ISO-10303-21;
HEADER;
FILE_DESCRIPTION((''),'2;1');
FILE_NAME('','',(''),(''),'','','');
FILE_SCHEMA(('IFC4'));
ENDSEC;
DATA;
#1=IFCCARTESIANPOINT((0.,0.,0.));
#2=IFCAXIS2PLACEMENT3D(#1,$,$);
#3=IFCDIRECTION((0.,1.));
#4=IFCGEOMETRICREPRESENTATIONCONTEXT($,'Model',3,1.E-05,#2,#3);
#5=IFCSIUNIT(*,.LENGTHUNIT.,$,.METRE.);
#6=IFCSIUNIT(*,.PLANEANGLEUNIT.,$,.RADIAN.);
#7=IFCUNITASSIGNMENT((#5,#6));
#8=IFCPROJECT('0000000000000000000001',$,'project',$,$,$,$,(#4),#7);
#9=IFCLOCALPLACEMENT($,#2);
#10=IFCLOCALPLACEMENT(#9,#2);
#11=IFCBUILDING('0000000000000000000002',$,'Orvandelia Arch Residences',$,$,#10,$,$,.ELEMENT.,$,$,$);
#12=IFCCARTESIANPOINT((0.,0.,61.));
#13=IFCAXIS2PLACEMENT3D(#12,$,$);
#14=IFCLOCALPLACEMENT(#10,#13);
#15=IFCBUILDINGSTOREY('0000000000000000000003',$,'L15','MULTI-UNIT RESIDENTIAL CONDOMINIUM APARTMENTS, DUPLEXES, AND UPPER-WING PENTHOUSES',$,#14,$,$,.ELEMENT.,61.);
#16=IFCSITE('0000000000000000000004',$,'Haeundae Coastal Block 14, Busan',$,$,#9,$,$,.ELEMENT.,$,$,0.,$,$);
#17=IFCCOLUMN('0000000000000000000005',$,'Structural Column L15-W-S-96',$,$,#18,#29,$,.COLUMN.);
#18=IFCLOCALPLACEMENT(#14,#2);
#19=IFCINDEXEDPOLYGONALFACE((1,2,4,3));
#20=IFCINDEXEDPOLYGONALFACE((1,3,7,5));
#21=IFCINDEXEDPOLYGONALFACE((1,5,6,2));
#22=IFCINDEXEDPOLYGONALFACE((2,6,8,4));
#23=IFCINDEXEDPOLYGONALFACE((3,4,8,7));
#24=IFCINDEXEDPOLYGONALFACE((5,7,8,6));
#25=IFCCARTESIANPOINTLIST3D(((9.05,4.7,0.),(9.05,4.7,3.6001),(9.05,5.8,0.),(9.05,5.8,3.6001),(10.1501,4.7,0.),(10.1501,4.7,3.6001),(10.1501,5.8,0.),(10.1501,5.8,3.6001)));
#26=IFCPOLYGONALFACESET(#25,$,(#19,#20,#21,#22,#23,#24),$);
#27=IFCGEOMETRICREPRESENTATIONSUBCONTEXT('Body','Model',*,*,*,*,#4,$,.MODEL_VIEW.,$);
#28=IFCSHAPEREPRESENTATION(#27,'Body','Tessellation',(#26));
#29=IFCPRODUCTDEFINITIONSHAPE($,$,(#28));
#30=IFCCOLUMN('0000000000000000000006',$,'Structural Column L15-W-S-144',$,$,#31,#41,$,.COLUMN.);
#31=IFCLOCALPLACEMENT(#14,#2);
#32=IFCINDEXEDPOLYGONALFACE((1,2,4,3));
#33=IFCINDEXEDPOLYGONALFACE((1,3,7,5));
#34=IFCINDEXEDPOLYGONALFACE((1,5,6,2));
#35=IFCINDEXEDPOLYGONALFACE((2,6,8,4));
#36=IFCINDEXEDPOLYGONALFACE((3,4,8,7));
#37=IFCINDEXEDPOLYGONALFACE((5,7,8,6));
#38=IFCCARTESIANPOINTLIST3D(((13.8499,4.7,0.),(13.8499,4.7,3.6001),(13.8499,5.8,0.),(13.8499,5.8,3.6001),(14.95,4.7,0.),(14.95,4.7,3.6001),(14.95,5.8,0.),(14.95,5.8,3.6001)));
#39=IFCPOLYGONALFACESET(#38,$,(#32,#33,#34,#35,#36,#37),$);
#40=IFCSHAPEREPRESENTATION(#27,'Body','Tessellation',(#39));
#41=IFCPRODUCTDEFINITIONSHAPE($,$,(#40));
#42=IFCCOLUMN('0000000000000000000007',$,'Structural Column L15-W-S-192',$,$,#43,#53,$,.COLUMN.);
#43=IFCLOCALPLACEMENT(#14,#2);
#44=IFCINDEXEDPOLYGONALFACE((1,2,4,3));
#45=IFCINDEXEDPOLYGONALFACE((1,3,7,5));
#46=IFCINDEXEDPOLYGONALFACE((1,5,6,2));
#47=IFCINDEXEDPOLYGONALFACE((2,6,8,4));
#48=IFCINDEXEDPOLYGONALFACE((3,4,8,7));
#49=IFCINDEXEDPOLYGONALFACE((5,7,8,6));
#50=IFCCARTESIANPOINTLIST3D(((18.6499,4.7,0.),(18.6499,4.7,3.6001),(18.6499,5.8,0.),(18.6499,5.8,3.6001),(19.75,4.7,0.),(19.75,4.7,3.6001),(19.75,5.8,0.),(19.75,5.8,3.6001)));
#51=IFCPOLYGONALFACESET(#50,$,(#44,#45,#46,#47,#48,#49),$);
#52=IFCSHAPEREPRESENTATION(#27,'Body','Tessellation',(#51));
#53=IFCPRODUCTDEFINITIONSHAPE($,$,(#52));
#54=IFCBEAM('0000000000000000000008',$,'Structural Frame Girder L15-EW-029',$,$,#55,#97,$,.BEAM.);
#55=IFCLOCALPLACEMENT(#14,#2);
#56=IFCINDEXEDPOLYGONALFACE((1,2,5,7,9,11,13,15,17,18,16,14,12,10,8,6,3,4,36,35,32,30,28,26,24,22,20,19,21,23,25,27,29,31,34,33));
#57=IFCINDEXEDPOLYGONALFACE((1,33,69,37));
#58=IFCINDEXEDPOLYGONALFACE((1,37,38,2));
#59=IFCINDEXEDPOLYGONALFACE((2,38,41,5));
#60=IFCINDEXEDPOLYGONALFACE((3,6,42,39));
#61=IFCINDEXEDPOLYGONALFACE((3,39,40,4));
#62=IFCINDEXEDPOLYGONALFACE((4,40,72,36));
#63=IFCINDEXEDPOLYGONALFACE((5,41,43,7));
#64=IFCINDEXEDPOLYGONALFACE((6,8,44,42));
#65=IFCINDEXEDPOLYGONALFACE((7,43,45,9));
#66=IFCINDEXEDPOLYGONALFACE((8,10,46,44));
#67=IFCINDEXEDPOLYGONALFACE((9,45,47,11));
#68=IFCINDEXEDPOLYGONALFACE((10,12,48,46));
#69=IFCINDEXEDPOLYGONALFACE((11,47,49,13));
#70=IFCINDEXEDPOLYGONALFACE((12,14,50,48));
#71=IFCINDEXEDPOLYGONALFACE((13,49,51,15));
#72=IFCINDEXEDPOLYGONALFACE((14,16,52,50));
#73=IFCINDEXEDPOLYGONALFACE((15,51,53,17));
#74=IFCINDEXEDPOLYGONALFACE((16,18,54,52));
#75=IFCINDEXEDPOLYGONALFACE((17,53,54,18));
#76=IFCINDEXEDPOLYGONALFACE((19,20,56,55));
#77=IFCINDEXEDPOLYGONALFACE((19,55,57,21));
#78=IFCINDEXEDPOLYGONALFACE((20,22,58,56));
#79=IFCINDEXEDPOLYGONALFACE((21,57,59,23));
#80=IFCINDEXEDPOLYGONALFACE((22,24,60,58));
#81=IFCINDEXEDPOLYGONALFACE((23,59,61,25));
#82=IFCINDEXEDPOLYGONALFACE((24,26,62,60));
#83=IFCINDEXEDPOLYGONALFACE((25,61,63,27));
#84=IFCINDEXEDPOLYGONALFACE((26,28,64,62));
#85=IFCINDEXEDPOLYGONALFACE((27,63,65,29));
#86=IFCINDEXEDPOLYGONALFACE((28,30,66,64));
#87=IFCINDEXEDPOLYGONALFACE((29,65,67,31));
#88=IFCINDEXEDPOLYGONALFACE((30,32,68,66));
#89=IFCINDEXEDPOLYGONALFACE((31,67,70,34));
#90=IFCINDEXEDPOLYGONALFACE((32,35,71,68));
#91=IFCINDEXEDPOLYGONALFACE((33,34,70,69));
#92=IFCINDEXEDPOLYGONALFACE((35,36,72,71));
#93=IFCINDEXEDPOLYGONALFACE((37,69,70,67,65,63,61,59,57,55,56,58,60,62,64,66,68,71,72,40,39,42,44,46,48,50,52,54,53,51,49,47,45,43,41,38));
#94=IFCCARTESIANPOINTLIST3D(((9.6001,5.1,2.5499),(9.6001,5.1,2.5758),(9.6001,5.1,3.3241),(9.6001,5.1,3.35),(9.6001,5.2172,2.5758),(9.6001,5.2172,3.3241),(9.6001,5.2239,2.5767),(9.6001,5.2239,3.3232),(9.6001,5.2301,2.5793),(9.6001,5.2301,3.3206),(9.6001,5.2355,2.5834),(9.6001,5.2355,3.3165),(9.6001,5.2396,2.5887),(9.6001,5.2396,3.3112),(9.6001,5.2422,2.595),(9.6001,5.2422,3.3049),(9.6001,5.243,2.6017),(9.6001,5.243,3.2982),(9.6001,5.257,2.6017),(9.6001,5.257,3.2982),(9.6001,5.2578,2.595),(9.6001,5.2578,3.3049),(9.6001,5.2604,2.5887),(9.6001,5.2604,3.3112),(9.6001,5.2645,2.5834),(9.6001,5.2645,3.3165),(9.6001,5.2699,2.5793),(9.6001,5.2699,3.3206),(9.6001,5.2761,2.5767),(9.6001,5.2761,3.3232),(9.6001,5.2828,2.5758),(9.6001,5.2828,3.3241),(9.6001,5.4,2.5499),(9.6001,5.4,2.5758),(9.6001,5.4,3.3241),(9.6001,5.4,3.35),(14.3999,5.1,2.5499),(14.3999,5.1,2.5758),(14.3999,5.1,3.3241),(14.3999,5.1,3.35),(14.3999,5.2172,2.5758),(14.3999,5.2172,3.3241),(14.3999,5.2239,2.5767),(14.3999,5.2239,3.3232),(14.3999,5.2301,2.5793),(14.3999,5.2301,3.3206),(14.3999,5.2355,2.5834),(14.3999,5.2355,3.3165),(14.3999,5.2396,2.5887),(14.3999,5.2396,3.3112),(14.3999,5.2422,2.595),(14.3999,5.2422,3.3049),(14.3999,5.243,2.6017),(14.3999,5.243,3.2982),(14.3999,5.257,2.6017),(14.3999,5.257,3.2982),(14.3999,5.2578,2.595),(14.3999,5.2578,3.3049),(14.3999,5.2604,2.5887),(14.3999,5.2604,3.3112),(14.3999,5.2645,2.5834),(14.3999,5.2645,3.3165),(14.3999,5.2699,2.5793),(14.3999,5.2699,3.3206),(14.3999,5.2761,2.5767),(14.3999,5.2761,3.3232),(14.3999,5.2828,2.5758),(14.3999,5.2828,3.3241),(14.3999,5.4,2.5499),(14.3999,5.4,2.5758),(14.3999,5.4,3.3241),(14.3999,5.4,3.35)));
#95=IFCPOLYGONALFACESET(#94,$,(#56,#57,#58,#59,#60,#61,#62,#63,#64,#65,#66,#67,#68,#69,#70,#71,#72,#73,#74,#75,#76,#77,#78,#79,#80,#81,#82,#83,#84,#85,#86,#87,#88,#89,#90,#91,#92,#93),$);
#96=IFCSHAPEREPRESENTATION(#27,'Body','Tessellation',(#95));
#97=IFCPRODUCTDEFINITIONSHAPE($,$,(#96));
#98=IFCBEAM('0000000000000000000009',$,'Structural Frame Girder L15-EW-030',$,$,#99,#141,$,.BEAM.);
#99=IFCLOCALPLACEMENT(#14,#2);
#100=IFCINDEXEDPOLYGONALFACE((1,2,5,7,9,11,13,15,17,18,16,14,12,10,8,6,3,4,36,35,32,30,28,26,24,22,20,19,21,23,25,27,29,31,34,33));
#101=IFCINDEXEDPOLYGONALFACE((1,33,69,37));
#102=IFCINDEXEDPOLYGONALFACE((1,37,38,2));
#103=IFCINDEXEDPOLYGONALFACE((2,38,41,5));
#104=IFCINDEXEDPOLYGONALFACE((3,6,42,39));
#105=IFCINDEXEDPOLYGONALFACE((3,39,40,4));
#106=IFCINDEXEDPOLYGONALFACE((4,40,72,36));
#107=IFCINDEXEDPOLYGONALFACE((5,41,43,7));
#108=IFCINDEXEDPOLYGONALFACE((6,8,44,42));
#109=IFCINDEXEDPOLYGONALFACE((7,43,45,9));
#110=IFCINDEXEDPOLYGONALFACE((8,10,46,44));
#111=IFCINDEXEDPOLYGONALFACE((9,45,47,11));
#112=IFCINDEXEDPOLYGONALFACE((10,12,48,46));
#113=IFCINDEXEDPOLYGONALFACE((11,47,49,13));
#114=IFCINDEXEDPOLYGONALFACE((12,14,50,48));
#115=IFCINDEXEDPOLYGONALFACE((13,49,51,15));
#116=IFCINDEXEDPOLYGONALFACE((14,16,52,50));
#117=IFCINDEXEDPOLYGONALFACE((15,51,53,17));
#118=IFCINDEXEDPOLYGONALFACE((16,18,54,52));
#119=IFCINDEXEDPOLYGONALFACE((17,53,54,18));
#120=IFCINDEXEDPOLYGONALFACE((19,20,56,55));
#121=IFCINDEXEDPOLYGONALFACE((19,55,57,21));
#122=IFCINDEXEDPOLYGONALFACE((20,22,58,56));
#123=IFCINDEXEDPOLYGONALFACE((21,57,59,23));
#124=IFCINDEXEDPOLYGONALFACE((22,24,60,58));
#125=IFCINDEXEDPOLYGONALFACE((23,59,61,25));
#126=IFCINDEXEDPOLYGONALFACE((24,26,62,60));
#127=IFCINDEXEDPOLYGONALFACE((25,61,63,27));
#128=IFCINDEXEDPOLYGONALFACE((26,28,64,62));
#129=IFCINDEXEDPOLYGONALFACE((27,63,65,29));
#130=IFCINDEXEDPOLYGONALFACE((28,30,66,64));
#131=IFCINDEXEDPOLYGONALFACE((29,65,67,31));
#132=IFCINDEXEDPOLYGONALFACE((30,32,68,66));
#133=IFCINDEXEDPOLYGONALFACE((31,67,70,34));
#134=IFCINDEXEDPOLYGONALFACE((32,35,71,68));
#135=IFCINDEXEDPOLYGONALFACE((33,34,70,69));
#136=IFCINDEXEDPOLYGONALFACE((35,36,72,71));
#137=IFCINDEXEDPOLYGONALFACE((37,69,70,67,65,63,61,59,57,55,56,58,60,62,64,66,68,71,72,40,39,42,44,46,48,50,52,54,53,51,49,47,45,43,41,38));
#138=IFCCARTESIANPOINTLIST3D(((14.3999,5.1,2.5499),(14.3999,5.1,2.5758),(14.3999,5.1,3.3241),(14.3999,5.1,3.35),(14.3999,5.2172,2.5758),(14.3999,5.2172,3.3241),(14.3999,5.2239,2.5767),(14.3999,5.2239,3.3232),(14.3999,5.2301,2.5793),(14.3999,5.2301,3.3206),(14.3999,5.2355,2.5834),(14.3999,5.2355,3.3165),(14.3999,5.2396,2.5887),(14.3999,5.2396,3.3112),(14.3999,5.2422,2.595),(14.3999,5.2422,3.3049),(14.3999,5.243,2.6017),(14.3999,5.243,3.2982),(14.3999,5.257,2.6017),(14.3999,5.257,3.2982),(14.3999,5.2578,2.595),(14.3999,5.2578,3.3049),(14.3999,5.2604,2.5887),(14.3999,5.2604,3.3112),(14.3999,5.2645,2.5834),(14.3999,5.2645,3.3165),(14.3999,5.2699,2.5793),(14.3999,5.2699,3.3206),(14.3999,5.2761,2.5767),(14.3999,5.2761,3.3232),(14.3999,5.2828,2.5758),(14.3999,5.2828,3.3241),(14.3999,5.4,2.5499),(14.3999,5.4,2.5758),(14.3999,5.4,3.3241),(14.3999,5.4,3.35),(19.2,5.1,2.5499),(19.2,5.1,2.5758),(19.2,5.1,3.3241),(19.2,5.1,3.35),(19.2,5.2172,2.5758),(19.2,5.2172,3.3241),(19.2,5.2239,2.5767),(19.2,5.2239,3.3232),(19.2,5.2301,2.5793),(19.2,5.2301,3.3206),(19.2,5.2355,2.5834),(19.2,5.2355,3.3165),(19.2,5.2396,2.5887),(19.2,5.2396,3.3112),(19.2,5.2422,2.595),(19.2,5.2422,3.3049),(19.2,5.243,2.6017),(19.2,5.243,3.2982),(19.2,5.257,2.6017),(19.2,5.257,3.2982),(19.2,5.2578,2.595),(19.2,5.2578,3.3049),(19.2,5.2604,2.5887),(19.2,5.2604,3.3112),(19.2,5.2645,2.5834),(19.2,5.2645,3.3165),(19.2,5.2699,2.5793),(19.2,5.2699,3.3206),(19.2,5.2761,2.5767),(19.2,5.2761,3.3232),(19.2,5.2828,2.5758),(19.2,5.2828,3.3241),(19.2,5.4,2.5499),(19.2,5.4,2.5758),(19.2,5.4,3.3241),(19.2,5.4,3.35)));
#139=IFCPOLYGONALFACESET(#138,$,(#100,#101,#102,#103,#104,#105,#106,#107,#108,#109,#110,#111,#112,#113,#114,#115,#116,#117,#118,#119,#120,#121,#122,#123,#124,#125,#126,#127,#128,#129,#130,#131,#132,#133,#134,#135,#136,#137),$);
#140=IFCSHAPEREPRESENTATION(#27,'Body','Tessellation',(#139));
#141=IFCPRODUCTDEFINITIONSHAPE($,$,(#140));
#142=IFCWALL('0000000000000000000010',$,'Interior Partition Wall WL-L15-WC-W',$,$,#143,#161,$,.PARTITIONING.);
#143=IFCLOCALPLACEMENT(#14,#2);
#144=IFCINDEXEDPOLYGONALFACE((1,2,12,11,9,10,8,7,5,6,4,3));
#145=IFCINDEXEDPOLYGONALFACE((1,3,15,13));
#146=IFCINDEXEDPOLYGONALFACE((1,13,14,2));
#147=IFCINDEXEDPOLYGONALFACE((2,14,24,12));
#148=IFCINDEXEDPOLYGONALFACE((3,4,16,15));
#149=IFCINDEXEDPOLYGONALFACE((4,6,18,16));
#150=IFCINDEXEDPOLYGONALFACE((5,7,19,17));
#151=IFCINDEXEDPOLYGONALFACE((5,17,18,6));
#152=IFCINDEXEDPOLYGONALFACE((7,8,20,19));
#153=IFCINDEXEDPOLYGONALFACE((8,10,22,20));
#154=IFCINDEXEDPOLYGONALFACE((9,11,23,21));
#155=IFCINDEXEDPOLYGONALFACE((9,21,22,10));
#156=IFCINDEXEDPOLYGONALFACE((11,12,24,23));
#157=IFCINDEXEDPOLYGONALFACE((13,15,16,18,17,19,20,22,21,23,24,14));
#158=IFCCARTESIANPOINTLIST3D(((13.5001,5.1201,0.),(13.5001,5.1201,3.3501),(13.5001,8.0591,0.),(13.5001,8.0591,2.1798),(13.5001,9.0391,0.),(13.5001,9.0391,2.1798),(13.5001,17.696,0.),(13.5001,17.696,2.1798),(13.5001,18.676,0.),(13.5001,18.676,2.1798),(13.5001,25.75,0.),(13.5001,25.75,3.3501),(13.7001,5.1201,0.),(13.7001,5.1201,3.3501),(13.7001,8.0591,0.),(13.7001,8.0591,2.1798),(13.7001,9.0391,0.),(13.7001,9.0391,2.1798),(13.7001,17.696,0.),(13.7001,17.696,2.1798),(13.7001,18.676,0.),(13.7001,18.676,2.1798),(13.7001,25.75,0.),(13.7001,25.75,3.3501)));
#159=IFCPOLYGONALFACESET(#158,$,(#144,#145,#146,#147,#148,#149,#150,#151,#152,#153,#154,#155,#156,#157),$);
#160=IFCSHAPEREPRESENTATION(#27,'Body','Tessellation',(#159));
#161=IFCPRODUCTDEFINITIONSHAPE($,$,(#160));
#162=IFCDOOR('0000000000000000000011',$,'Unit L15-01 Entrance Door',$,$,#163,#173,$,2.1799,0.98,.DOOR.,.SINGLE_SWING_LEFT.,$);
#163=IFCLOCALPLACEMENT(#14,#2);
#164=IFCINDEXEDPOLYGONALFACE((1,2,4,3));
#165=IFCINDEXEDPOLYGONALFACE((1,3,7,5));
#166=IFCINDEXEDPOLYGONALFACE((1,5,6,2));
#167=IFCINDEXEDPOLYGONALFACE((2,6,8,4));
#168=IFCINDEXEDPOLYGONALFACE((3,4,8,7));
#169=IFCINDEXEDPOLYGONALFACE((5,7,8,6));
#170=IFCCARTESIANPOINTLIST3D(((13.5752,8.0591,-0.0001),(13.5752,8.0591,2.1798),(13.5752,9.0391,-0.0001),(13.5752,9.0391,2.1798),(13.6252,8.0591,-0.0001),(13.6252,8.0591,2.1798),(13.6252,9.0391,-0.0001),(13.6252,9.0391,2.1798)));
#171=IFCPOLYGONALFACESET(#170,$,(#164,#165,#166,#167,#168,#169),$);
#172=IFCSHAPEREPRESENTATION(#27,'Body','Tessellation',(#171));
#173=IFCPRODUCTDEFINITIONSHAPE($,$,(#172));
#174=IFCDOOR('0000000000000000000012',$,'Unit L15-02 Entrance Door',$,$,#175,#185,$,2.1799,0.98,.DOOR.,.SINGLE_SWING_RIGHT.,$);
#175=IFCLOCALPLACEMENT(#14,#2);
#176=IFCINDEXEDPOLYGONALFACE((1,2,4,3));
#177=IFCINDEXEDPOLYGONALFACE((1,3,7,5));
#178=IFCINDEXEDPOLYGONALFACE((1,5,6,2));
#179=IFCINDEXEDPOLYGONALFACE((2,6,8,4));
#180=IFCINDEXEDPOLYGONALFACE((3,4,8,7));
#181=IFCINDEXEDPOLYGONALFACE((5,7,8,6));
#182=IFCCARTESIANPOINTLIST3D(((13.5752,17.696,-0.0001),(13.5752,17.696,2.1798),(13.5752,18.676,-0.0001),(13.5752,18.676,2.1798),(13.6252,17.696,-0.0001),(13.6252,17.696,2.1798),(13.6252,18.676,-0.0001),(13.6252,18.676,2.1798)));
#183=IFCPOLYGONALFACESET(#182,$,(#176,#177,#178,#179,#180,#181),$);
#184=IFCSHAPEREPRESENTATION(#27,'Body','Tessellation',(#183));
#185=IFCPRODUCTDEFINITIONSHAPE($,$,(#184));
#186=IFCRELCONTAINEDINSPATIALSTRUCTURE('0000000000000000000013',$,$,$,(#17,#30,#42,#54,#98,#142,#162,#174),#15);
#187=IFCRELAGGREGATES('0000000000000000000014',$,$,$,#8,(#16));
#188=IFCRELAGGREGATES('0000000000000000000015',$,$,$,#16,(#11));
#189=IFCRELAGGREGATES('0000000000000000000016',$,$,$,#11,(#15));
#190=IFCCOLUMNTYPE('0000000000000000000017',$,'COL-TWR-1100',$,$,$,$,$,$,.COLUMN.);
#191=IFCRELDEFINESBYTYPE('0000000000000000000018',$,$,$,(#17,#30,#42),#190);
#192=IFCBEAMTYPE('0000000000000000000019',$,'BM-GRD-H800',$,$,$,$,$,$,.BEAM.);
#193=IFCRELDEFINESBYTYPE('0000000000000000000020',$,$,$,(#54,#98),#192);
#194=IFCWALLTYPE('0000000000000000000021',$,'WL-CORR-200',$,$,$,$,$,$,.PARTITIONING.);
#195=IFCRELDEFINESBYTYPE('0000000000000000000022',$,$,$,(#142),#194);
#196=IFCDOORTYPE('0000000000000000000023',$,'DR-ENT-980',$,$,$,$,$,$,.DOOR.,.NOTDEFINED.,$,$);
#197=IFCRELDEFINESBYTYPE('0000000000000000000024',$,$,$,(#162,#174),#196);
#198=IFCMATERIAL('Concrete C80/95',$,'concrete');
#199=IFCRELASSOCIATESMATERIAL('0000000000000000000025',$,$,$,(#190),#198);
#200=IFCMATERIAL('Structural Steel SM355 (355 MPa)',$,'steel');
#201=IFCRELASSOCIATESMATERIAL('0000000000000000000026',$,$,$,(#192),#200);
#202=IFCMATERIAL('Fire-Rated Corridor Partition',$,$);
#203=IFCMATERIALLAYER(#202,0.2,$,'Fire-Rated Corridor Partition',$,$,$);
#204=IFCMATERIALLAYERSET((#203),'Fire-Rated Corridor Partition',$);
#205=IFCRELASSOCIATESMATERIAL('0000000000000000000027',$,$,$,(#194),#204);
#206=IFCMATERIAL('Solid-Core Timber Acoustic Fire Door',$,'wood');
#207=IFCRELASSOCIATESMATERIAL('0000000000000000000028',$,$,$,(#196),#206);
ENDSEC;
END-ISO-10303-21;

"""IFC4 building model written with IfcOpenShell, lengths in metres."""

from ifc_helpers import new_model, si_unit, direction, frame, frame_2d, origin, origin_2d, place, context, subcontext, project, spatial, rectangle, i_section, extrude, material, layer, layer_set, material_profile, profile_set, type_object, element, fill, save


model = new_model("IFC4")

# Units and contexts
model_context = context("Model", 3, precision=1e-05, world=origin(), true_north=direction((0.0, 1.0)))
body_context = subcontext(model_context, "Body", "Model", "MODEL_VIEW")
ifc_project = project(units=[si_unit("LENGTHUNIT", "METRE"), si_unit("PLANEANGLEUNIT", "RADIAN")], contexts=[model_context])

# Site, building, storey
site_placement = place(None, origin())
site = spatial("IfcSite", under=ifc_project, at=site_placement, Name="Haeundae Coastal Block 14, Busan", CompositionType="ELEMENT", RefElevation=0.0)
building_placement = place(site_placement, origin())
building = spatial("IfcBuilding", under=site, at=building_placement, Name="Orvandelia Arch Residences", CompositionType="ELEMENT")
storey_placement = place(building_placement, frame((0.0, 0.0, 61.0)))
storey = spatial("IfcBuildingStorey", under=building, at=storey_placement, Name="L15", Description="MULTI-UNIT RESIDENTIAL CONDOMINIUM APARTMENTS, DUPLEXES, AND UPPER-WING PENTHOUSES", CompositionType="ELEMENT", Elevation=61.0)

# Columns
ifc_material_1 = material(Name="Concrete C80/95", Category="concrete")
ifc_material_profile_1 = material_profile(ifc_material_1, rectangle(XDim=1.1001, YDim=1.1001, at=origin_2d()), Name="Concrete C80/95", Category="concrete")
ifc_profile_set_1 = profile_set([ifc_material_profile_1], Name="Concrete C80/95")
column_type = type_object("IfcColumnType", Name="COL-TWR-1100", PredefinedType="COLUMN", material=ifc_profile_set_1)
for number, where, z_axis, x_axis, name in (
    (1, (9.6001, 5.25, 0.0), (0.0, 0.0, 1.0), (1.0, 0.0, 0.0), "Structural Column L15-W-S-96"),
    (2, (14.3999, 5.25, 0.0), (0.0, 0.0, 1.0), (1.0, 0.0, 0.0), "Structural Column L15-W-S-144"),
    (3, (19.2, 5.25, 0.0), (0.0, 0.0, 1.0), (1.0, 0.0, 0.0), "Structural Column L15-W-S-192"),
):
    element("IfcColumn", number, at=place(storey_placement, frame(where, z_axis=z_axis, x_axis=x_axis)), inside=storey, type_object=column_type, Name=name, PredefinedType="COLUMN", context=body_context, shape_type="SweptSolid", body=[
        extrude(rectangle(XDim=1.1001, YDim=1.1001, at=origin_2d()), origin(), (0.0, 0.0, 1.0), 3.6001),
    ])

# Beams
ifc_material_2 = material(Name="Structural Steel SM355 (355 MPa)", Category="steel")
ifc_material_profile_2 = material_profile(ifc_material_2, i_section(OverallWidth=0.3, OverallDepth=0.8, WebThickness=0.0139, FlangeThickness=0.0259, FilletRadius=0.0259, at=origin_2d()), Name="Structural Steel SM355 (355 MPa)", Category="steel")
ifc_profile_set_2 = profile_set([ifc_material_profile_2], Name="Structural Steel SM355 (355 MPa)")
beam_type = type_object("IfcBeamType", Name="BM-GRD-H800", PredefinedType="BEAM", material=ifc_profile_set_2)
beam_1_placement = place(storey_placement, frame((9.6001, 5.25, 2.95), z_axis=(1.0, 0.0, 0.0), x_axis=(0.0, 1.0, 0.0)))
element("IfcBeam", 4, at=beam_1_placement, inside=storey, type_object=beam_type, Name="Structural Frame Girder L15-EW-029", PredefinedType="BEAM", context=body_context, shape_type="SweptSolid", body=[
    extrude(i_section(OverallWidth=0.3, OverallDepth=0.8, WebThickness=0.0139, FlangeThickness=0.0259, FilletRadius=0.0259, at=origin_2d()), origin(), (0.0, 0.0, 1.0), 4.7998),
])
beam_2_placement = place(storey_placement, frame((14.3999, 5.25, 2.95), z_axis=(1.0, 0.0, 0.0), x_axis=(0.0, 1.0, 0.0)))
element("IfcBeam", 5, at=beam_2_placement, inside=storey, type_object=beam_type, Name="Structural Frame Girder L15-EW-030", PredefinedType="BEAM", context=body_context, shape_type="SweptSolid", body=[
    extrude(i_section(OverallWidth=0.3, OverallDepth=0.8, WebThickness=0.0139, FlangeThickness=0.0259, FilletRadius=0.0259, at=origin_2d()), origin(), (0.0, 0.0, 1.0), 4.8),
])

# Wall, openings, doors
ifc_material_3 = material(Name="Fire-Rated Corridor Partition")
ifc_layer_1 = layer(ifc_material_3, 0.2, Name="Fire-Rated Corridor Partition")
ifc_layer_set_1 = layer_set([ifc_layer_1], Name="Fire-Rated Corridor Partition")
wall_type_1 = type_object("IfcWallType", Name="WL-CORR-200", PredefinedType="PARTITIONING", material=ifc_layer_set_1)
wall_1_placement = place(storey_placement, frame((13.6001, 5.1201, 0.0), z_axis=(0.0, 0.0, 1.0), x_axis=(0.0, 1.0, 0.0)))
wall_1 = element("IfcWall", 6, at=wall_1_placement, inside=storey, type_object=wall_type_1, Name="Interior Partition Wall WL-L15-WC-W", PredefinedType="PARTITIONING", context=body_context, shape_type="SweptSolid", body=[
    extrude(rectangle(XDim=20.6299, YDim=0.2, at=frame_2d((10.3149, 0.0))), origin(), (0.0, 0.0, 1.0), 3.3501),
])
opening_1_placement = place(wall_1_placement, frame((2.939, 0.0, 0.0)))
opening_1 = element("IfcOpeningElement", 7, at=opening_1_placement, cuts=wall_1, PredefinedType="OPENING", context=body_context, shape_type="SweptSolid", body=[
    extrude(rectangle(XDim=0.98, YDim=2.1799, at=frame_2d((0.49, 1.0898))), frame((0.0, 0.1099, 0.0), z_axis=(0.0, -1.0, 0.0), x_axis=(1.0, 0.0, 0.0)), (0.0, 0.0, 1.0), 0.22),
])
opening_2_placement = place(wall_1_placement, frame((12.5759, 0.0, 0.0)))
opening_2 = element("IfcOpeningElement", 8, at=opening_2_placement, cuts=wall_1, PredefinedType="OPENING", context=body_context, shape_type="SweptSolid", body=[
    extrude(rectangle(XDim=0.98, YDim=2.1799, at=frame_2d((0.49, 1.0898))), frame((0.0, 0.1099, 0.0), z_axis=(0.0, -1.0, 0.0), x_axis=(1.0, 0.0, 0.0)), (0.0, 0.0, 1.0), 0.22),
])
ifc_material_4 = material(Name="Solid-Core Timber Acoustic Fire Door", Category="wood")
door_type_1 = type_object("IfcDoorType", Name="DR-ENT-980", OperationType="NOTDEFINED", PredefinedType="DOOR", material=ifc_material_4)
door_1_placement = place(opening_1_placement, origin())
door_1 = element("IfcDoor", 9, at=door_1_placement, inside=storey, type_object=door_type_1, Name="Unit L15-01 Entrance Door", OperationType="SINGLE_SWING_LEFT", OverallHeight=2.1799, OverallWidth=0.98, PredefinedType="DOOR", context=body_context, shape_type="SweptSolid", body=[
    extrude(rectangle(XDim=0.98, YDim=2.1799, at=frame_2d((0.49, 1.0898))), frame((0.0, 0.0249, 0.0), z_axis=(0.0, -1.0, 0.0), x_axis=(1.0, 0.0, 0.0)), (0.0, 0.0, 1.0), 0.05),
])
fill(opening_1, door_1)
door_2_placement = place(opening_2_placement, origin())
door_2 = element("IfcDoor", 10, at=door_2_placement, inside=storey, type_object=door_type_1, Name="Unit L15-02 Entrance Door", OperationType="SINGLE_SWING_RIGHT", OverallHeight=2.1799, OverallWidth=0.98, PredefinedType="DOOR", context=body_context, shape_type="SweptSolid", body=[
    extrude(rectangle(XDim=0.98, YDim=2.1799, at=frame_2d((0.49, 1.0898))), frame((0.0, 0.0249, 0.0), z_axis=(0.0, -1.0, 0.0), x_axis=(1.0, 0.0, 0.0)), (0.0, 0.0, 1.0), 0.05),
])
fill(opening_2, door_2)

save(model, "model.ifc")
